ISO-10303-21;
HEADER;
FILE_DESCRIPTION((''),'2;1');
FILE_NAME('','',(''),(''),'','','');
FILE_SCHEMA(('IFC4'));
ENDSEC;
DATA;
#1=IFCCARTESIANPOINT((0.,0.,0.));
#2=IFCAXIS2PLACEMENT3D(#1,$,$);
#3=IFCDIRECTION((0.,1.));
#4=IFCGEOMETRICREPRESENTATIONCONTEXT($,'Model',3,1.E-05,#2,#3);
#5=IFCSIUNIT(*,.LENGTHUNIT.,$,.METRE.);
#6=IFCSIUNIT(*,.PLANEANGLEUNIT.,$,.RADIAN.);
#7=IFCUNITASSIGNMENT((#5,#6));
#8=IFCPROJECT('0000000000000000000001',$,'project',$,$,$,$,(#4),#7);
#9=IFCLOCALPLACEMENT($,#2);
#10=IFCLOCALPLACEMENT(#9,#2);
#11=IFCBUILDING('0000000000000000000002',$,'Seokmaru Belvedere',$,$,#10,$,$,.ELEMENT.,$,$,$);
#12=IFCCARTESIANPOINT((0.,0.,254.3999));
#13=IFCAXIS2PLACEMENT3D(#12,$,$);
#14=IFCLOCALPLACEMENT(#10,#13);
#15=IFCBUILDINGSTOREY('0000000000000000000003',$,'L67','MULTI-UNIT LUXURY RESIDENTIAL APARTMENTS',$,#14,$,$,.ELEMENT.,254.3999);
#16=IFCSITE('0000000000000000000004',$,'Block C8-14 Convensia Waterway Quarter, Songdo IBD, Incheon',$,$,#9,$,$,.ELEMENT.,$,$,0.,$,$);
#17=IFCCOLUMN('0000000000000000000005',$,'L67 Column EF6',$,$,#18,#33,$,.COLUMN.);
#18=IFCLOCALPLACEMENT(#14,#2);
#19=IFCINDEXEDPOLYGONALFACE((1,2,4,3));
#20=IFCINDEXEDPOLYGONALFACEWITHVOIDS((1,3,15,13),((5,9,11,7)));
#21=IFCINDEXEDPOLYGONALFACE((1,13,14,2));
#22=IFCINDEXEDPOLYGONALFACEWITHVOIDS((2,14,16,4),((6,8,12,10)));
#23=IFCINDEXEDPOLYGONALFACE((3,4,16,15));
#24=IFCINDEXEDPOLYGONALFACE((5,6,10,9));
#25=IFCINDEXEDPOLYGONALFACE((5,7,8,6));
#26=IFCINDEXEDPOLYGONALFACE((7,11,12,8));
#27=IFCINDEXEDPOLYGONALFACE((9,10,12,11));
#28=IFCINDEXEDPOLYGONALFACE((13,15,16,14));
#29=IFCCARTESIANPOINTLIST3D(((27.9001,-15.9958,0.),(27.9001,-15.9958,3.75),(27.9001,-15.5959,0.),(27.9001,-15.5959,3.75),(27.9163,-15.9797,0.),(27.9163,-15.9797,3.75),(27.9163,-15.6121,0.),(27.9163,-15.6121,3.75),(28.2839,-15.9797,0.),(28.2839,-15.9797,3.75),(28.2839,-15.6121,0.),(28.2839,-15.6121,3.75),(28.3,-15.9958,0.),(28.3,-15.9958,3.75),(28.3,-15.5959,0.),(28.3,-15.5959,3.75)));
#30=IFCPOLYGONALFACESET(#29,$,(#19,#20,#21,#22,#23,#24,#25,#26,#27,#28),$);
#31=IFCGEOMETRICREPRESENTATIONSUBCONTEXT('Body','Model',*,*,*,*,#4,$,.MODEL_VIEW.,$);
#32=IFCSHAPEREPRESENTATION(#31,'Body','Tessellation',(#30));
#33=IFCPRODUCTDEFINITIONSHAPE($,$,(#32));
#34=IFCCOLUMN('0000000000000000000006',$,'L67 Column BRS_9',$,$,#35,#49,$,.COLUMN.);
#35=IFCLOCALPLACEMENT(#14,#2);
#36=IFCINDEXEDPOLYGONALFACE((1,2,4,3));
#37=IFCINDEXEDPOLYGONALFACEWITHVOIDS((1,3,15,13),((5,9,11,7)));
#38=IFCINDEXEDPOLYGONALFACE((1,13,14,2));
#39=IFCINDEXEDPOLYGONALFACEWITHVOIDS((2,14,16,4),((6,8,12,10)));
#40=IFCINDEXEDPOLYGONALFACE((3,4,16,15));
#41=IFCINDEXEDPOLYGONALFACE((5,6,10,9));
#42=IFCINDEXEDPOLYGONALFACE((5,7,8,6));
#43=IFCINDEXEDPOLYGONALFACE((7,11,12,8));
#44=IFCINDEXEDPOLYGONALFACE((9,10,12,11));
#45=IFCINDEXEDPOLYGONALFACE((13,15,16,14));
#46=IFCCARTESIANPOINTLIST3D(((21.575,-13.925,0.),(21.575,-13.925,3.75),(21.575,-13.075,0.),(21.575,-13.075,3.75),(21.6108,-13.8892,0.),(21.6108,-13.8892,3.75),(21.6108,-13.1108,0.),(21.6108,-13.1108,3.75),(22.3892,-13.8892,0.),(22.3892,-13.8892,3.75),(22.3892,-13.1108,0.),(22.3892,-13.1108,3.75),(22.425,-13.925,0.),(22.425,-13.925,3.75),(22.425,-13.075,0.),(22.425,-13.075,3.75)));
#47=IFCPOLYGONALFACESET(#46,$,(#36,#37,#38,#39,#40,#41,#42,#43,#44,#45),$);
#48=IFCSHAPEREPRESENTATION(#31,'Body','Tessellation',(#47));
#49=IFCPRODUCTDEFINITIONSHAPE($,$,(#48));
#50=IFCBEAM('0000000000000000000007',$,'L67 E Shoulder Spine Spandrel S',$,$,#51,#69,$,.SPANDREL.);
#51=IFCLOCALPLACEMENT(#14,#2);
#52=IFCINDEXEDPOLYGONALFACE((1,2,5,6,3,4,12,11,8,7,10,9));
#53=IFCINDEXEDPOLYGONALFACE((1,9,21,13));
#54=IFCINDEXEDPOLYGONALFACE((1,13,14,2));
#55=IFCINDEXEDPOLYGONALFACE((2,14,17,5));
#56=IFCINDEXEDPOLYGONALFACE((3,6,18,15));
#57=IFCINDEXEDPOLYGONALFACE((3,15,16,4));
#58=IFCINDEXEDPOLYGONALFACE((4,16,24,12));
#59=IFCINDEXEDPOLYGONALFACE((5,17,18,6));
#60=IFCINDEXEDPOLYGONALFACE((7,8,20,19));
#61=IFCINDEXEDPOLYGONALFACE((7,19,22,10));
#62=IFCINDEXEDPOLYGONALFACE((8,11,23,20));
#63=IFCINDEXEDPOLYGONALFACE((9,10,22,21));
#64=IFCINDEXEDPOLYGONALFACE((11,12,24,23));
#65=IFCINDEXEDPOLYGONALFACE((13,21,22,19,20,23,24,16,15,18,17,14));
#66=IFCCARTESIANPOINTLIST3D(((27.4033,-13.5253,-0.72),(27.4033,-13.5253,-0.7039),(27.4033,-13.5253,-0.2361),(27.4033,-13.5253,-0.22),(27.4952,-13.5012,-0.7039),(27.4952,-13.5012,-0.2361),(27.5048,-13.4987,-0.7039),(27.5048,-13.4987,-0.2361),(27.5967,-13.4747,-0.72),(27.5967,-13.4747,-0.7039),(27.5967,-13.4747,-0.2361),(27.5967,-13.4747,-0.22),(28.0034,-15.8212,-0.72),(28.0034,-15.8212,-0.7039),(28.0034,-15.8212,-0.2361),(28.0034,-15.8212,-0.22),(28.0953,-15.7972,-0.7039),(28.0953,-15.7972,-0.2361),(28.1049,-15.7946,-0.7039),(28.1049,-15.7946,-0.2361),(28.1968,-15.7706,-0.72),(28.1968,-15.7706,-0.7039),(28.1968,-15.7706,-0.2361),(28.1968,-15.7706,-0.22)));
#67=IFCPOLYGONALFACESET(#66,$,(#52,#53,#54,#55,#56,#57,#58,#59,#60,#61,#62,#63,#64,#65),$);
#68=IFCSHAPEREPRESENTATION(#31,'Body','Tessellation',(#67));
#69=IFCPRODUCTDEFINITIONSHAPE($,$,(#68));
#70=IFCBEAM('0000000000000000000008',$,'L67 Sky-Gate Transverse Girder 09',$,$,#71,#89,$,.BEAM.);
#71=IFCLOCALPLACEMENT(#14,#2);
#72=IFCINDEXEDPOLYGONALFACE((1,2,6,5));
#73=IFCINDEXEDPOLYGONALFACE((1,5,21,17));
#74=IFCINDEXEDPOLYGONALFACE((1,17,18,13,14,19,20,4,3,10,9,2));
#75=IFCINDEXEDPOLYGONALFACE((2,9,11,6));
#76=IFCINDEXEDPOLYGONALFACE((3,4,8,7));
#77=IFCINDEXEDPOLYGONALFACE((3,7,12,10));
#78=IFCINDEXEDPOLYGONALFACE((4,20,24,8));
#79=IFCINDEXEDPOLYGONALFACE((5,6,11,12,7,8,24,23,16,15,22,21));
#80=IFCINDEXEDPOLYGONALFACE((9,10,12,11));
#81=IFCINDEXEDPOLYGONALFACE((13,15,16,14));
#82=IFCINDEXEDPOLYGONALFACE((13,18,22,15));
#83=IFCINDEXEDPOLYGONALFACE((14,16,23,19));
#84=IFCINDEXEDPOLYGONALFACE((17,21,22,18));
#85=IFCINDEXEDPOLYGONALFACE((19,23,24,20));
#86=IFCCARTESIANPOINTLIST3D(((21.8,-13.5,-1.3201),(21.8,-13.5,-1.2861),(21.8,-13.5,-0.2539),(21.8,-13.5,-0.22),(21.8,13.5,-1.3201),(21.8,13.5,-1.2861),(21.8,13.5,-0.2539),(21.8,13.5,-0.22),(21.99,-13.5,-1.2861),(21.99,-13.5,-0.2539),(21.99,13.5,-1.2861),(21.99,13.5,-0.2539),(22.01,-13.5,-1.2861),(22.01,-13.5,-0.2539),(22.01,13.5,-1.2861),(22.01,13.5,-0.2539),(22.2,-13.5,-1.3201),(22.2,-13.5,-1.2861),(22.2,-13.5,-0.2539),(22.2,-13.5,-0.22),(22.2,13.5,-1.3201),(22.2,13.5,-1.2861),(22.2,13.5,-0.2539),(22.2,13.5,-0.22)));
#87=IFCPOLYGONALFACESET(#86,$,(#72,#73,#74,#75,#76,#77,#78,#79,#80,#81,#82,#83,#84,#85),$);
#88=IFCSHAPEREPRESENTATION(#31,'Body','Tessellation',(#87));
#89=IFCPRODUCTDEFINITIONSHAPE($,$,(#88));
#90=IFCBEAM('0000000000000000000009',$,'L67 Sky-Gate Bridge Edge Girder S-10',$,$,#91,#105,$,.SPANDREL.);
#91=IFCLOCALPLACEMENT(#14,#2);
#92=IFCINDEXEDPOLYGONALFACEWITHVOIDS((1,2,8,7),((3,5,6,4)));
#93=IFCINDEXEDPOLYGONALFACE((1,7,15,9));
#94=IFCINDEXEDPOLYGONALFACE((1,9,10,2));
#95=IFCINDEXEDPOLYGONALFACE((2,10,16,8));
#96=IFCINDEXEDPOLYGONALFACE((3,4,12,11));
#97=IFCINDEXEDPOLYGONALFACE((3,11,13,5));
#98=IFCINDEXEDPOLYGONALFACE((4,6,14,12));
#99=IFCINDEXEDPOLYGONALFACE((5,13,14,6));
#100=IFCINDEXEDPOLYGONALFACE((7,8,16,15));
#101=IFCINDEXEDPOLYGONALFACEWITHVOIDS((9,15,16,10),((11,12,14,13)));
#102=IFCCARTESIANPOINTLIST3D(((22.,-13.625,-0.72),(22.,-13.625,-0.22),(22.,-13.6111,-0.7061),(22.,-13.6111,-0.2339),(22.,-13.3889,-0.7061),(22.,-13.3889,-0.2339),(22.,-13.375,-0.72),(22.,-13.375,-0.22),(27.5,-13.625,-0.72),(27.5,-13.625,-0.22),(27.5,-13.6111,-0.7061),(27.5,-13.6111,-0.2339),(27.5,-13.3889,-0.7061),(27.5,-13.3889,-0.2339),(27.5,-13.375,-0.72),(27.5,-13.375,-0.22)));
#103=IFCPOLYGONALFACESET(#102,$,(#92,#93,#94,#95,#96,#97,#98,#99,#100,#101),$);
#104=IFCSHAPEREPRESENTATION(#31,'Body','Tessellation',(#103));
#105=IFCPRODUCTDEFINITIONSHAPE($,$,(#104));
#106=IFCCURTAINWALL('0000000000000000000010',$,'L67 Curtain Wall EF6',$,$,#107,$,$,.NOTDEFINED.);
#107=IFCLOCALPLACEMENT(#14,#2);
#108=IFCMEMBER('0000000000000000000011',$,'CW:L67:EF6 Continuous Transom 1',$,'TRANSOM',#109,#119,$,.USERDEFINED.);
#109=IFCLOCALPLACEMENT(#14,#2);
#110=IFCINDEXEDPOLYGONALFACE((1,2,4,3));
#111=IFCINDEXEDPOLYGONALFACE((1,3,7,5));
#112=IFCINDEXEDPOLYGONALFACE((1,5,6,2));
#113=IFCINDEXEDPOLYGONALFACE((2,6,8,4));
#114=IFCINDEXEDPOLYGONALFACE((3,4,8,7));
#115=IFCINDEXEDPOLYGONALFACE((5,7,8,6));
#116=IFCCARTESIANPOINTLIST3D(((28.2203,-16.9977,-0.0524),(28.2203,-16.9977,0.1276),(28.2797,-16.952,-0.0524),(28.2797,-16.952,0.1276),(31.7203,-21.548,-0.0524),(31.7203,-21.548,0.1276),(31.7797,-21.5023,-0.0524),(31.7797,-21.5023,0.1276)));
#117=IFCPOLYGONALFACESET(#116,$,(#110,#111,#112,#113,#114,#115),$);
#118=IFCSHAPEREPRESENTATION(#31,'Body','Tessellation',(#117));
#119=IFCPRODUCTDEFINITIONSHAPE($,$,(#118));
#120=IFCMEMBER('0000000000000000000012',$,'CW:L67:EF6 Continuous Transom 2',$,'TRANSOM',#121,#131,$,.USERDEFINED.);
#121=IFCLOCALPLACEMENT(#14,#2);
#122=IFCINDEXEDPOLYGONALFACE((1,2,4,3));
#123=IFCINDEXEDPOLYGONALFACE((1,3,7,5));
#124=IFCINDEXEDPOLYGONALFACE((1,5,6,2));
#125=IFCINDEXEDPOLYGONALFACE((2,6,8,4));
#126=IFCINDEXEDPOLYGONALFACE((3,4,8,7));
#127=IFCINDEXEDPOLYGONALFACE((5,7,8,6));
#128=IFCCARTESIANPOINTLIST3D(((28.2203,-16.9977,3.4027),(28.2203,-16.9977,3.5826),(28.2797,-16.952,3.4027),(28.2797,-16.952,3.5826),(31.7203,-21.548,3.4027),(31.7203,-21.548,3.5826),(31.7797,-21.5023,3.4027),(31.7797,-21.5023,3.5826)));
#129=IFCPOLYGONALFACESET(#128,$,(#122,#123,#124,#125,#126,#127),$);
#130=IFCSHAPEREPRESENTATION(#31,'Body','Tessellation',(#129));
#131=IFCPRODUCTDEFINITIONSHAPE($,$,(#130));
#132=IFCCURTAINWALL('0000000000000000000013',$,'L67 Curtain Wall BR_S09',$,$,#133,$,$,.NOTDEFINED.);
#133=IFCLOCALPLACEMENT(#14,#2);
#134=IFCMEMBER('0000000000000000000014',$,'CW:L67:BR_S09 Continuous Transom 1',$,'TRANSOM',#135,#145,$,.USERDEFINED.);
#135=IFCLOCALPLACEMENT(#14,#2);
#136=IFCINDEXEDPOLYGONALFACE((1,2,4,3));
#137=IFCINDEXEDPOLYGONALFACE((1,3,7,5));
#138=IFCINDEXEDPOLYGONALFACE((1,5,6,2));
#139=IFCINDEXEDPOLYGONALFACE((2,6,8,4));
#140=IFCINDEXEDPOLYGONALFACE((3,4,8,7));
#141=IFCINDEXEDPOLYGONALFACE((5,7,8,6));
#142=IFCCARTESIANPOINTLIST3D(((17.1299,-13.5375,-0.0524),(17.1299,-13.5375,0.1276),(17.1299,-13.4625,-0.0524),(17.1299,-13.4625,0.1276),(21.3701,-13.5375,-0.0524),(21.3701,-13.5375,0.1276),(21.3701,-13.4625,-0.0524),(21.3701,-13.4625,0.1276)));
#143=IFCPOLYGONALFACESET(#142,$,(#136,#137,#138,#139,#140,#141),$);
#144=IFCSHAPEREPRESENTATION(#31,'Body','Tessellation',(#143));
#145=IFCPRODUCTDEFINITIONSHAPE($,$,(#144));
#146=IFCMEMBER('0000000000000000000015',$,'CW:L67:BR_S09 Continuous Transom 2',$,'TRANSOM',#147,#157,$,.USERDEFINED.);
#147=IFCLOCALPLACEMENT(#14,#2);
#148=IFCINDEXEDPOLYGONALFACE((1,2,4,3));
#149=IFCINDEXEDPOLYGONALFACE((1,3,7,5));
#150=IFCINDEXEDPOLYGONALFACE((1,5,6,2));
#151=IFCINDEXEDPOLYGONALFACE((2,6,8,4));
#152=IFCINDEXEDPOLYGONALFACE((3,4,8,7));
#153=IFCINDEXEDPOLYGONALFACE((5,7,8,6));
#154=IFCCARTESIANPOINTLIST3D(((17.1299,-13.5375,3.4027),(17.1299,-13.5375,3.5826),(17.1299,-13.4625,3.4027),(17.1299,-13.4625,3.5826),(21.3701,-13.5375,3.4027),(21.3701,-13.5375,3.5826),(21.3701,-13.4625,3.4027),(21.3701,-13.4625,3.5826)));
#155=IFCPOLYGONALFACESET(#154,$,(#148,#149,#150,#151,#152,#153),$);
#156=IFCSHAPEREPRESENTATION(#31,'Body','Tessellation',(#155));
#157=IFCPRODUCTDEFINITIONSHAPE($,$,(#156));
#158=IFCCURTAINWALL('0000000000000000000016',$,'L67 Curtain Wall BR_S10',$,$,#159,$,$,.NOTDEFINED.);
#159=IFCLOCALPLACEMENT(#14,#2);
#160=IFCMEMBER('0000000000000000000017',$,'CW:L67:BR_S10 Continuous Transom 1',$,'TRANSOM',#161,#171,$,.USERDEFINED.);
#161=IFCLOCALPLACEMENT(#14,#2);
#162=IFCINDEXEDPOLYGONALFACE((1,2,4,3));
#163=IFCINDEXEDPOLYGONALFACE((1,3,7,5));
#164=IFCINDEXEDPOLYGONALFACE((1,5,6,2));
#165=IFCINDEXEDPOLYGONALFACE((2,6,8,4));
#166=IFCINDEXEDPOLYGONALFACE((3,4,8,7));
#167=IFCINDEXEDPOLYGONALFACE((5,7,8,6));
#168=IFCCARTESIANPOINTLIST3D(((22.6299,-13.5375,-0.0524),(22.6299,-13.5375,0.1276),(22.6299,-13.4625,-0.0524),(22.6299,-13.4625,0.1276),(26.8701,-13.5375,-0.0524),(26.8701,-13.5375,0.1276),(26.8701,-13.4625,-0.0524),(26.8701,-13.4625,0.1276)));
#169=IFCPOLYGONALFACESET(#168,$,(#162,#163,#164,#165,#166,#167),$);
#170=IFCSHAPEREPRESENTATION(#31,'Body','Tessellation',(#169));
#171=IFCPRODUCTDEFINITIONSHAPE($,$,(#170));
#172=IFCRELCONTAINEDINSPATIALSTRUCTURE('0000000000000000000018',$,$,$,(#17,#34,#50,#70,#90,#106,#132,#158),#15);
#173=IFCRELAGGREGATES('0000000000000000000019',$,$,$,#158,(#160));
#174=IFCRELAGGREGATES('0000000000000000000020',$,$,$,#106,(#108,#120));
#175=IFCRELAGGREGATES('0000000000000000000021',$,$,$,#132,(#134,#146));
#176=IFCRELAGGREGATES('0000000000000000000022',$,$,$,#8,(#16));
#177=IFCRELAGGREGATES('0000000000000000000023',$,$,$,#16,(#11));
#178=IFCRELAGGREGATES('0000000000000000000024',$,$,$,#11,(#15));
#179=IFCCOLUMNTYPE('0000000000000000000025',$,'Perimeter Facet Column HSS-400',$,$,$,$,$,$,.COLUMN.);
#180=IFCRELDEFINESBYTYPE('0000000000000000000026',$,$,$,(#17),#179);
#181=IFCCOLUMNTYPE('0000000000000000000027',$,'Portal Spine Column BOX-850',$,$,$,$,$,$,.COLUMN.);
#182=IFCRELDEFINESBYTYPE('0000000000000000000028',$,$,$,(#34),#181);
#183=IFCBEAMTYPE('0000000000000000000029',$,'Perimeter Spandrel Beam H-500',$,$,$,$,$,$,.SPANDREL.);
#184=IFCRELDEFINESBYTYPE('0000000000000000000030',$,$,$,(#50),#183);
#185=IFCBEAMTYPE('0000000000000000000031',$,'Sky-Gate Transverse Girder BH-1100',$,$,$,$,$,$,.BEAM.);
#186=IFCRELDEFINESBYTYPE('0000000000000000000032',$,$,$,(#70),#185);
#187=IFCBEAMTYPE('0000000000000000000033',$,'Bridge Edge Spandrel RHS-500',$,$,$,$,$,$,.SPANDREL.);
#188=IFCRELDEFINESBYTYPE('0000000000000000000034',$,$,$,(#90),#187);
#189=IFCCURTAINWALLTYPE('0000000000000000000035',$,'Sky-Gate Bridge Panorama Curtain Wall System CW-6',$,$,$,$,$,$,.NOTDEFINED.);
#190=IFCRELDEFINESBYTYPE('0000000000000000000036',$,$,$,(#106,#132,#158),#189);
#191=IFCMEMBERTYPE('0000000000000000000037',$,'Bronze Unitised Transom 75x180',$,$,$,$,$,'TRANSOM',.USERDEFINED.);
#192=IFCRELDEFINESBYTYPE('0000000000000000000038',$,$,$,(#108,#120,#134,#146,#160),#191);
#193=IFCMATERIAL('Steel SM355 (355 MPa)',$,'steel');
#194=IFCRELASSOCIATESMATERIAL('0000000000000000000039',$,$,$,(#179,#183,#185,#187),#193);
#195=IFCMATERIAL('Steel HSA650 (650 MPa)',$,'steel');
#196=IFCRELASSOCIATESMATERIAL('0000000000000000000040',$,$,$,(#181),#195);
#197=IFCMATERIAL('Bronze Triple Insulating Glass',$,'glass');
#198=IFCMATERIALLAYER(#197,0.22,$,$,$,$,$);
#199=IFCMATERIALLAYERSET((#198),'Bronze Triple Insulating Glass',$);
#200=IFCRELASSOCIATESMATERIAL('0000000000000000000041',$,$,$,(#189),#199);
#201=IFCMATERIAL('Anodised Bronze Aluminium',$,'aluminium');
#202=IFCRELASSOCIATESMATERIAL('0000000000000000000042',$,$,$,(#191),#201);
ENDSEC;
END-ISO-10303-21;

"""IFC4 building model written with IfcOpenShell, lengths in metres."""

from ifc_helpers import new_model, si_unit, direction, frame, origin, origin_2d, place, context, subcontext, project, spatial, rectangle, hollow_rectangle, i_section, extrude, source, transform, mapped, material, layer, layer_set, material_profile, profile_set, type_object, type_shapes, element, aggregate, save


model = new_model("IFC4")

# Units and contexts
model_context = context("Model", 3, precision=1e-05, world=origin(), true_north=direction((0.0, 1.0)))
body_context = subcontext(model_context, "Body", "Model", "MODEL_VIEW")
ifc_project = project(units=[si_unit("LENGTHUNIT", "METRE"), si_unit("PLANEANGLEUNIT", "RADIAN")], contexts=[model_context])

# Site, building, storey
site_placement = place(None, origin())
site = spatial("IfcSite", under=ifc_project, at=site_placement, Name="Block C8-14 Convensia Waterway Quarter, Songdo IBD, Incheon", CompositionType="ELEMENT", RefElevation=0.0)
building_placement = place(site_placement, origin())
building = spatial("IfcBuilding", under=site, at=building_placement, Name="Seokmaru Belvedere", CompositionType="ELEMENT")
storey_placement = place(building_placement, frame((0.0, 0.0, 254.3999)))
storey = spatial("IfcBuildingStorey", under=building, at=storey_placement, Name="L67", Description="MULTI-UNIT LUXURY RESIDENTIAL APARTMENTS", CompositionType="ELEMENT", Elevation=254.3999)

# Columns
ifc_material_1 = material(Name="Steel SM355 (355 MPa)", Category="steel")
ifc_material_profile_1 = material_profile(ifc_material_1, hollow_rectangle(XDim=0.3999, YDim=0.3999, WallThickness=0.0161, at=origin_2d()), Name="HSS-400x400x16")
ifc_profile_set_1 = profile_set([ifc_material_profile_1], Name="Steel SM355 (355 MPa)")
column_type_1 = type_object("IfcColumnType", Name="Perimeter Facet Column HSS-400", PredefinedType="COLUMN", material=ifc_profile_set_1)
shared_shape_1 = source(origin(), body_context, "Body", "SweptSolid", [
    extrude(hollow_rectangle(XDim=0.3999, YDim=0.3999, WallThickness=0.0161, at=origin_2d()), origin(), (0.0, 0.0, 1.0), 3.75),
])
type_shapes(column_type_1, [shared_shape_1])
column_1_placement = place(storey_placement, frame((28.1001, -15.7959, 0.0), z_axis=(0.0, 0.0, 1.0), x_axis=(1.0, 0.0, 0.0)))
element("IfcColumn", 1, at=column_1_placement, inside=storey, type_object=column_type_1, Name="L67 Column EF6", PredefinedType="COLUMN", context=body_context, shape_type="MappedRepresentation", body=[
    mapped(shared_shape_1, transform((0.0, 0.0, 0.0), scale=1.0)),
])
ifc_material_2 = material(Name="Steel HSA650 (650 MPa)", Category="steel")
ifc_material_profile_2 = material_profile(ifc_material_2, hollow_rectangle(XDim=0.8501, YDim=0.8501, WallThickness=0.0359, at=origin_2d()), Name="BOX-850x850x36")
ifc_profile_set_2 = profile_set([ifc_material_profile_2], Name="Steel HSA650 (650 MPa)")
column_type_2 = type_object("IfcColumnType", Name="Portal Spine Column BOX-850", PredefinedType="COLUMN", material=ifc_profile_set_2)
shared_shape_2 = source(origin(), body_context, "Body", "SweptSolid", [
    extrude(hollow_rectangle(XDim=0.8501, YDim=0.8501, WallThickness=0.0359, at=origin_2d()), origin(), (0.0, 0.0, 1.0), 3.75),
])
type_shapes(column_type_2, [shared_shape_2])
column_2_placement = place(storey_placement, frame((22.0, -13.5, 0.0), z_axis=(0.0, 0.0, 1.0), x_axis=(1.0, 0.0, 0.0)))
element("IfcColumn", 2, at=column_2_placement, inside=storey, type_object=column_type_2, Name="L67 Column BRS_9", PredefinedType="COLUMN", context=body_context, shape_type="MappedRepresentation", body=[
    mapped(shared_shape_2, transform((0.0, 0.0, 0.0), scale=1.0)),
])

# Beams
ifc_material_profile_3 = material_profile(ifc_material_1, i_section(OverallWidth=0.2, OverallDepth=0.5, WebThickness=0.01, FlangeThickness=0.0161, at=origin_2d()), Name="H-500x200x10x16")
ifc_profile_set_3 = profile_set([ifc_material_profile_3], Name="Steel SM355 (355 MPa)")
beam_type_1 = type_object("IfcBeamType", Name="Perimeter Spandrel Beam H-500", PredefinedType="SPANDREL", material=ifc_profile_set_3)
shared_shape_3 = source(origin(), body_context, "Body", "SweptSolid", [
    extrude(i_section(OverallWidth=0.2, OverallDepth=0.5, WebThickness=0.01, FlangeThickness=0.0161, at=origin_2d()), origin(), (0.0, 0.0, 1.0), 2.373),
])
type_shapes(beam_type_1, [shared_shape_3])
beam_1_placement = place(storey_placement, frame((28.1001, -15.7959, -0.47), z_axis=(-0.252883, 0.967497, 0.0), x_axis=(-0.967497, -0.252883, 0.0)))
element("IfcBeam", 3, at=beam_1_placement, inside=storey, type_object=beam_type_1, Name="L67 E Shoulder Spine Spandrel S", PredefinedType="SPANDREL", context=body_context, shape_type="MappedRepresentation", body=[
    mapped(shared_shape_3, transform((0.0, 0.0, 0.0), scale=1.0)),
])
ifc_material_profile_4 = material_profile(ifc_material_1, i_section(OverallWidth=0.3999, OverallDepth=1.1001, WebThickness=0.02, FlangeThickness=0.0339, at=origin_2d()), Name="BH-1100x400x20x34")
ifc_profile_set_4 = profile_set([ifc_material_profile_4], Name="Steel SM355 (355 MPa)")
beam_type_2 = type_object("IfcBeamType", Name="Sky-Gate Transverse Girder BH-1100", PredefinedType="BEAM", material=ifc_profile_set_4)
shared_shape_4 = source(origin(), body_context, "Body", "SweptSolid", [
    extrude(i_section(OverallWidth=0.3999, OverallDepth=1.1001, WebThickness=0.02, FlangeThickness=0.0339, at=origin_2d()), origin(), (0.0, 0.0, 1.0), 27.0),
])
type_shapes(beam_type_2, [shared_shape_4])
beam_2_placement = place(storey_placement, frame((22.0, -13.5, -0.77), z_axis=(0.0, 1.0, 0.0), x_axis=(-1.0, 0.0, 0.0)))
element("IfcBeam", 4, at=beam_2_placement, inside=storey, type_object=beam_type_2, Name="L67 Sky-Gate Transverse Girder 09", PredefinedType="BEAM", context=body_context, shape_type="MappedRepresentation", body=[
    mapped(shared_shape_4, transform((0.0, 0.0, 0.0), scale=1.0)),
])
ifc_material_profile_5 = material_profile(ifc_material_1, hollow_rectangle(XDim=0.25, YDim=0.5, WallThickness=0.0139, at=origin_2d()), Name="RHS-500x250x14")
ifc_profile_set_5 = profile_set([ifc_material_profile_5], Name="Steel SM355 (355 MPa)")
beam_type_3 = type_object("IfcBeamType", Name="Bridge Edge Spandrel RHS-500", PredefinedType="SPANDREL", material=ifc_profile_set_5)
shared_shape_5 = source(origin(), body_context, "Body", "SweptSolid", [
    extrude(hollow_rectangle(XDim=0.25, YDim=0.5, WallThickness=0.0139, at=origin_2d()), origin(), (0.0, 0.0, 1.0), 5.5),
])
type_shapes(beam_type_3, [shared_shape_5])
beam_3_placement = place(storey_placement, frame((22.0, -13.5, -0.47), z_axis=(1.0, 0.0, 0.0), x_axis=(0.0, 1.0, 0.0)))
element("IfcBeam", 5, at=beam_3_placement, inside=storey, type_object=beam_type_3, Name="L67 Sky-Gate Bridge Edge Girder S-10", PredefinedType="SPANDREL", context=body_context, shape_type="MappedRepresentation", body=[
    mapped(shared_shape_5, transform((0.0, 0.0, 0.0), scale=1.0)),
])

# Curtain walls, members
ifc_material_3 = material(Name="Bronze Triple Insulating Glass", Category="glass")
ifc_layer_1 = layer(ifc_material_3, 0.22)
ifc_layer_set_1 = layer_set([ifc_layer_1], Name="Bronze Triple Insulating Glass")
curtain_wall_type = type_object("IfcCurtainWallType", Name="Sky-Gate Bridge Panorama Curtain Wall System CW-6", PredefinedType="NOTDEFINED", material=ifc_layer_set_1)
curtain_wall_1_placement = place(storey_placement, origin())
curtain_wall_1 = element("IfcCurtainWall", 6, at=curtain_wall_1_placement, inside=storey, type_object=curtain_wall_type, Name="L67 Curtain Wall EF6", PredefinedType="NOTDEFINED")
ifc_material_4 = material(Name="Anodised Bronze Aluminium", Category="aluminium")
ifc_material_profile_6 = material_profile(ifc_material_4, rectangle(XDim=0.075, YDim=0.1799, at=origin_2d()), Name="CW-T-75x180")
ifc_profile_set_6 = profile_set([ifc_material_profile_6], Name="Anodised Bronze Aluminium")
member_type_1 = type_object("IfcMemberType", Name="Bronze Unitised Transom 75x180", ElementType="TRANSOM", PredefinedType="USERDEFINED", material=ifc_profile_set_6)
shared_shape_6 = source(origin(), body_context, "Body", "SweptSolid", [
    extrude(rectangle(XDim=0.075, YDim=0.1799, at=origin_2d()), origin(), (0.0, 0.0, 1.0), 5.7407),
])
member_1_placement = place(storey_placement, frame((28.25, -16.9749, 0.0376), z_axis=(0.609686, -0.792643, 0.0), x_axis=(0.792643, 0.609686, 0.0)))
member_1 = element("IfcMember", 7, at=member_1_placement, type_object=member_type_1, Name="CW:L67:EF6 Continuous Transom 1", ObjectType="TRANSOM", PredefinedType="USERDEFINED", context=body_context, shape_type="MappedRepresentation", body=[
    mapped(shared_shape_6, transform((0.0, 0.0, 0.0), scale=1.0)),
])
member_2_placement = place(storey_placement, frame((28.25, -16.9749, 3.4927), z_axis=(0.609686, -0.792643, 0.0), x_axis=(0.792643, 0.609686, 0.0)))
member_2 = element("IfcMember", 8, at=member_2_placement, type_object=member_type_1, Name="CW:L67:EF6 Continuous Transom 2", ObjectType="TRANSOM", PredefinedType="USERDEFINED", context=body_context, shape_type="MappedRepresentation", body=[
    mapped(shared_shape_6, transform((0.0, 0.0, 0.0), scale=1.0)),
])
curtain_wall_2_placement = place(storey_placement, origin())
curtain_wall_2 = element("IfcCurtainWall", 9, at=curtain_wall_2_placement, inside=storey, type_object=curtain_wall_type, Name="L67 Curtain Wall BR_S09", PredefinedType="NOTDEFINED")
shared_shape_7 = source(origin(), body_context, "Body", "SweptSolid", [
    extrude(rectangle(XDim=0.075, YDim=0.1799, at=origin_2d()), origin(), (0.0, 0.0, 1.0), 4.2402),
])
type_shapes(member_type_1, [shared_shape_6, shared_shape_7])
member_3_placement = place(storey_placement, frame((17.1299, -13.5, 0.0376), z_axis=(1.0, 0.0, 0.0), x_axis=(0.0, 1.0, 0.0)))
member_3 = element("IfcMember", 10, at=member_3_placement, type_object=member_type_1, Name="CW:L67:BR_S09 Continuous Transom 1", ObjectType="TRANSOM", PredefinedType="USERDEFINED", context=body_context, shape_type="MappedRepresentation", body=[
    mapped(shared_shape_7, transform((0.0, 0.0, 0.0), scale=1.0)),
])
member_4_placement = place(storey_placement, frame((17.1299, -13.5, 3.4927), z_axis=(1.0, 0.0, 0.0), x_axis=(0.0, 1.0, 0.0)))
member_4 = element("IfcMember", 11, at=member_4_placement, type_object=member_type_1, Name="CW:L67:BR_S09 Continuous Transom 2", ObjectType="TRANSOM", PredefinedType="USERDEFINED", context=body_context, shape_type="MappedRepresentation", body=[
    mapped(shared_shape_7, transform((0.0, 0.0, 0.0), scale=1.0)),
])

# Curtain wall, member
curtain_wall_3_placement = place(storey_placement, origin())
curtain_wall_3 = element("IfcCurtainWall", 12, at=curtain_wall_3_placement, inside=storey, type_object=curtain_wall_type, Name="L67 Curtain Wall BR_S10", PredefinedType="NOTDEFINED")
member_5_placement = place(storey_placement, frame((22.6299, -13.5, 0.0376), z_axis=(1.0, 0.0, 0.0), x_axis=(0.0, 1.0, 0.0)))
member_5 = element("IfcMember", 13, at=member_5_placement, type_object=member_type_1, Name="CW:L67:BR_S10 Continuous Transom 1", ObjectType="TRANSOM", PredefinedType="USERDEFINED", context=body_context, shape_type="MappedRepresentation", body=[
    mapped(shared_shape_7, transform((0.0, 0.0, 0.0), scale=1.0)),
])

aggregate(curtain_wall_3, [member_5])

aggregate(curtain_wall_1, [member_1, member_2])
aggregate(curtain_wall_2, [member_3, member_4])

save(model, "model.ifc")
